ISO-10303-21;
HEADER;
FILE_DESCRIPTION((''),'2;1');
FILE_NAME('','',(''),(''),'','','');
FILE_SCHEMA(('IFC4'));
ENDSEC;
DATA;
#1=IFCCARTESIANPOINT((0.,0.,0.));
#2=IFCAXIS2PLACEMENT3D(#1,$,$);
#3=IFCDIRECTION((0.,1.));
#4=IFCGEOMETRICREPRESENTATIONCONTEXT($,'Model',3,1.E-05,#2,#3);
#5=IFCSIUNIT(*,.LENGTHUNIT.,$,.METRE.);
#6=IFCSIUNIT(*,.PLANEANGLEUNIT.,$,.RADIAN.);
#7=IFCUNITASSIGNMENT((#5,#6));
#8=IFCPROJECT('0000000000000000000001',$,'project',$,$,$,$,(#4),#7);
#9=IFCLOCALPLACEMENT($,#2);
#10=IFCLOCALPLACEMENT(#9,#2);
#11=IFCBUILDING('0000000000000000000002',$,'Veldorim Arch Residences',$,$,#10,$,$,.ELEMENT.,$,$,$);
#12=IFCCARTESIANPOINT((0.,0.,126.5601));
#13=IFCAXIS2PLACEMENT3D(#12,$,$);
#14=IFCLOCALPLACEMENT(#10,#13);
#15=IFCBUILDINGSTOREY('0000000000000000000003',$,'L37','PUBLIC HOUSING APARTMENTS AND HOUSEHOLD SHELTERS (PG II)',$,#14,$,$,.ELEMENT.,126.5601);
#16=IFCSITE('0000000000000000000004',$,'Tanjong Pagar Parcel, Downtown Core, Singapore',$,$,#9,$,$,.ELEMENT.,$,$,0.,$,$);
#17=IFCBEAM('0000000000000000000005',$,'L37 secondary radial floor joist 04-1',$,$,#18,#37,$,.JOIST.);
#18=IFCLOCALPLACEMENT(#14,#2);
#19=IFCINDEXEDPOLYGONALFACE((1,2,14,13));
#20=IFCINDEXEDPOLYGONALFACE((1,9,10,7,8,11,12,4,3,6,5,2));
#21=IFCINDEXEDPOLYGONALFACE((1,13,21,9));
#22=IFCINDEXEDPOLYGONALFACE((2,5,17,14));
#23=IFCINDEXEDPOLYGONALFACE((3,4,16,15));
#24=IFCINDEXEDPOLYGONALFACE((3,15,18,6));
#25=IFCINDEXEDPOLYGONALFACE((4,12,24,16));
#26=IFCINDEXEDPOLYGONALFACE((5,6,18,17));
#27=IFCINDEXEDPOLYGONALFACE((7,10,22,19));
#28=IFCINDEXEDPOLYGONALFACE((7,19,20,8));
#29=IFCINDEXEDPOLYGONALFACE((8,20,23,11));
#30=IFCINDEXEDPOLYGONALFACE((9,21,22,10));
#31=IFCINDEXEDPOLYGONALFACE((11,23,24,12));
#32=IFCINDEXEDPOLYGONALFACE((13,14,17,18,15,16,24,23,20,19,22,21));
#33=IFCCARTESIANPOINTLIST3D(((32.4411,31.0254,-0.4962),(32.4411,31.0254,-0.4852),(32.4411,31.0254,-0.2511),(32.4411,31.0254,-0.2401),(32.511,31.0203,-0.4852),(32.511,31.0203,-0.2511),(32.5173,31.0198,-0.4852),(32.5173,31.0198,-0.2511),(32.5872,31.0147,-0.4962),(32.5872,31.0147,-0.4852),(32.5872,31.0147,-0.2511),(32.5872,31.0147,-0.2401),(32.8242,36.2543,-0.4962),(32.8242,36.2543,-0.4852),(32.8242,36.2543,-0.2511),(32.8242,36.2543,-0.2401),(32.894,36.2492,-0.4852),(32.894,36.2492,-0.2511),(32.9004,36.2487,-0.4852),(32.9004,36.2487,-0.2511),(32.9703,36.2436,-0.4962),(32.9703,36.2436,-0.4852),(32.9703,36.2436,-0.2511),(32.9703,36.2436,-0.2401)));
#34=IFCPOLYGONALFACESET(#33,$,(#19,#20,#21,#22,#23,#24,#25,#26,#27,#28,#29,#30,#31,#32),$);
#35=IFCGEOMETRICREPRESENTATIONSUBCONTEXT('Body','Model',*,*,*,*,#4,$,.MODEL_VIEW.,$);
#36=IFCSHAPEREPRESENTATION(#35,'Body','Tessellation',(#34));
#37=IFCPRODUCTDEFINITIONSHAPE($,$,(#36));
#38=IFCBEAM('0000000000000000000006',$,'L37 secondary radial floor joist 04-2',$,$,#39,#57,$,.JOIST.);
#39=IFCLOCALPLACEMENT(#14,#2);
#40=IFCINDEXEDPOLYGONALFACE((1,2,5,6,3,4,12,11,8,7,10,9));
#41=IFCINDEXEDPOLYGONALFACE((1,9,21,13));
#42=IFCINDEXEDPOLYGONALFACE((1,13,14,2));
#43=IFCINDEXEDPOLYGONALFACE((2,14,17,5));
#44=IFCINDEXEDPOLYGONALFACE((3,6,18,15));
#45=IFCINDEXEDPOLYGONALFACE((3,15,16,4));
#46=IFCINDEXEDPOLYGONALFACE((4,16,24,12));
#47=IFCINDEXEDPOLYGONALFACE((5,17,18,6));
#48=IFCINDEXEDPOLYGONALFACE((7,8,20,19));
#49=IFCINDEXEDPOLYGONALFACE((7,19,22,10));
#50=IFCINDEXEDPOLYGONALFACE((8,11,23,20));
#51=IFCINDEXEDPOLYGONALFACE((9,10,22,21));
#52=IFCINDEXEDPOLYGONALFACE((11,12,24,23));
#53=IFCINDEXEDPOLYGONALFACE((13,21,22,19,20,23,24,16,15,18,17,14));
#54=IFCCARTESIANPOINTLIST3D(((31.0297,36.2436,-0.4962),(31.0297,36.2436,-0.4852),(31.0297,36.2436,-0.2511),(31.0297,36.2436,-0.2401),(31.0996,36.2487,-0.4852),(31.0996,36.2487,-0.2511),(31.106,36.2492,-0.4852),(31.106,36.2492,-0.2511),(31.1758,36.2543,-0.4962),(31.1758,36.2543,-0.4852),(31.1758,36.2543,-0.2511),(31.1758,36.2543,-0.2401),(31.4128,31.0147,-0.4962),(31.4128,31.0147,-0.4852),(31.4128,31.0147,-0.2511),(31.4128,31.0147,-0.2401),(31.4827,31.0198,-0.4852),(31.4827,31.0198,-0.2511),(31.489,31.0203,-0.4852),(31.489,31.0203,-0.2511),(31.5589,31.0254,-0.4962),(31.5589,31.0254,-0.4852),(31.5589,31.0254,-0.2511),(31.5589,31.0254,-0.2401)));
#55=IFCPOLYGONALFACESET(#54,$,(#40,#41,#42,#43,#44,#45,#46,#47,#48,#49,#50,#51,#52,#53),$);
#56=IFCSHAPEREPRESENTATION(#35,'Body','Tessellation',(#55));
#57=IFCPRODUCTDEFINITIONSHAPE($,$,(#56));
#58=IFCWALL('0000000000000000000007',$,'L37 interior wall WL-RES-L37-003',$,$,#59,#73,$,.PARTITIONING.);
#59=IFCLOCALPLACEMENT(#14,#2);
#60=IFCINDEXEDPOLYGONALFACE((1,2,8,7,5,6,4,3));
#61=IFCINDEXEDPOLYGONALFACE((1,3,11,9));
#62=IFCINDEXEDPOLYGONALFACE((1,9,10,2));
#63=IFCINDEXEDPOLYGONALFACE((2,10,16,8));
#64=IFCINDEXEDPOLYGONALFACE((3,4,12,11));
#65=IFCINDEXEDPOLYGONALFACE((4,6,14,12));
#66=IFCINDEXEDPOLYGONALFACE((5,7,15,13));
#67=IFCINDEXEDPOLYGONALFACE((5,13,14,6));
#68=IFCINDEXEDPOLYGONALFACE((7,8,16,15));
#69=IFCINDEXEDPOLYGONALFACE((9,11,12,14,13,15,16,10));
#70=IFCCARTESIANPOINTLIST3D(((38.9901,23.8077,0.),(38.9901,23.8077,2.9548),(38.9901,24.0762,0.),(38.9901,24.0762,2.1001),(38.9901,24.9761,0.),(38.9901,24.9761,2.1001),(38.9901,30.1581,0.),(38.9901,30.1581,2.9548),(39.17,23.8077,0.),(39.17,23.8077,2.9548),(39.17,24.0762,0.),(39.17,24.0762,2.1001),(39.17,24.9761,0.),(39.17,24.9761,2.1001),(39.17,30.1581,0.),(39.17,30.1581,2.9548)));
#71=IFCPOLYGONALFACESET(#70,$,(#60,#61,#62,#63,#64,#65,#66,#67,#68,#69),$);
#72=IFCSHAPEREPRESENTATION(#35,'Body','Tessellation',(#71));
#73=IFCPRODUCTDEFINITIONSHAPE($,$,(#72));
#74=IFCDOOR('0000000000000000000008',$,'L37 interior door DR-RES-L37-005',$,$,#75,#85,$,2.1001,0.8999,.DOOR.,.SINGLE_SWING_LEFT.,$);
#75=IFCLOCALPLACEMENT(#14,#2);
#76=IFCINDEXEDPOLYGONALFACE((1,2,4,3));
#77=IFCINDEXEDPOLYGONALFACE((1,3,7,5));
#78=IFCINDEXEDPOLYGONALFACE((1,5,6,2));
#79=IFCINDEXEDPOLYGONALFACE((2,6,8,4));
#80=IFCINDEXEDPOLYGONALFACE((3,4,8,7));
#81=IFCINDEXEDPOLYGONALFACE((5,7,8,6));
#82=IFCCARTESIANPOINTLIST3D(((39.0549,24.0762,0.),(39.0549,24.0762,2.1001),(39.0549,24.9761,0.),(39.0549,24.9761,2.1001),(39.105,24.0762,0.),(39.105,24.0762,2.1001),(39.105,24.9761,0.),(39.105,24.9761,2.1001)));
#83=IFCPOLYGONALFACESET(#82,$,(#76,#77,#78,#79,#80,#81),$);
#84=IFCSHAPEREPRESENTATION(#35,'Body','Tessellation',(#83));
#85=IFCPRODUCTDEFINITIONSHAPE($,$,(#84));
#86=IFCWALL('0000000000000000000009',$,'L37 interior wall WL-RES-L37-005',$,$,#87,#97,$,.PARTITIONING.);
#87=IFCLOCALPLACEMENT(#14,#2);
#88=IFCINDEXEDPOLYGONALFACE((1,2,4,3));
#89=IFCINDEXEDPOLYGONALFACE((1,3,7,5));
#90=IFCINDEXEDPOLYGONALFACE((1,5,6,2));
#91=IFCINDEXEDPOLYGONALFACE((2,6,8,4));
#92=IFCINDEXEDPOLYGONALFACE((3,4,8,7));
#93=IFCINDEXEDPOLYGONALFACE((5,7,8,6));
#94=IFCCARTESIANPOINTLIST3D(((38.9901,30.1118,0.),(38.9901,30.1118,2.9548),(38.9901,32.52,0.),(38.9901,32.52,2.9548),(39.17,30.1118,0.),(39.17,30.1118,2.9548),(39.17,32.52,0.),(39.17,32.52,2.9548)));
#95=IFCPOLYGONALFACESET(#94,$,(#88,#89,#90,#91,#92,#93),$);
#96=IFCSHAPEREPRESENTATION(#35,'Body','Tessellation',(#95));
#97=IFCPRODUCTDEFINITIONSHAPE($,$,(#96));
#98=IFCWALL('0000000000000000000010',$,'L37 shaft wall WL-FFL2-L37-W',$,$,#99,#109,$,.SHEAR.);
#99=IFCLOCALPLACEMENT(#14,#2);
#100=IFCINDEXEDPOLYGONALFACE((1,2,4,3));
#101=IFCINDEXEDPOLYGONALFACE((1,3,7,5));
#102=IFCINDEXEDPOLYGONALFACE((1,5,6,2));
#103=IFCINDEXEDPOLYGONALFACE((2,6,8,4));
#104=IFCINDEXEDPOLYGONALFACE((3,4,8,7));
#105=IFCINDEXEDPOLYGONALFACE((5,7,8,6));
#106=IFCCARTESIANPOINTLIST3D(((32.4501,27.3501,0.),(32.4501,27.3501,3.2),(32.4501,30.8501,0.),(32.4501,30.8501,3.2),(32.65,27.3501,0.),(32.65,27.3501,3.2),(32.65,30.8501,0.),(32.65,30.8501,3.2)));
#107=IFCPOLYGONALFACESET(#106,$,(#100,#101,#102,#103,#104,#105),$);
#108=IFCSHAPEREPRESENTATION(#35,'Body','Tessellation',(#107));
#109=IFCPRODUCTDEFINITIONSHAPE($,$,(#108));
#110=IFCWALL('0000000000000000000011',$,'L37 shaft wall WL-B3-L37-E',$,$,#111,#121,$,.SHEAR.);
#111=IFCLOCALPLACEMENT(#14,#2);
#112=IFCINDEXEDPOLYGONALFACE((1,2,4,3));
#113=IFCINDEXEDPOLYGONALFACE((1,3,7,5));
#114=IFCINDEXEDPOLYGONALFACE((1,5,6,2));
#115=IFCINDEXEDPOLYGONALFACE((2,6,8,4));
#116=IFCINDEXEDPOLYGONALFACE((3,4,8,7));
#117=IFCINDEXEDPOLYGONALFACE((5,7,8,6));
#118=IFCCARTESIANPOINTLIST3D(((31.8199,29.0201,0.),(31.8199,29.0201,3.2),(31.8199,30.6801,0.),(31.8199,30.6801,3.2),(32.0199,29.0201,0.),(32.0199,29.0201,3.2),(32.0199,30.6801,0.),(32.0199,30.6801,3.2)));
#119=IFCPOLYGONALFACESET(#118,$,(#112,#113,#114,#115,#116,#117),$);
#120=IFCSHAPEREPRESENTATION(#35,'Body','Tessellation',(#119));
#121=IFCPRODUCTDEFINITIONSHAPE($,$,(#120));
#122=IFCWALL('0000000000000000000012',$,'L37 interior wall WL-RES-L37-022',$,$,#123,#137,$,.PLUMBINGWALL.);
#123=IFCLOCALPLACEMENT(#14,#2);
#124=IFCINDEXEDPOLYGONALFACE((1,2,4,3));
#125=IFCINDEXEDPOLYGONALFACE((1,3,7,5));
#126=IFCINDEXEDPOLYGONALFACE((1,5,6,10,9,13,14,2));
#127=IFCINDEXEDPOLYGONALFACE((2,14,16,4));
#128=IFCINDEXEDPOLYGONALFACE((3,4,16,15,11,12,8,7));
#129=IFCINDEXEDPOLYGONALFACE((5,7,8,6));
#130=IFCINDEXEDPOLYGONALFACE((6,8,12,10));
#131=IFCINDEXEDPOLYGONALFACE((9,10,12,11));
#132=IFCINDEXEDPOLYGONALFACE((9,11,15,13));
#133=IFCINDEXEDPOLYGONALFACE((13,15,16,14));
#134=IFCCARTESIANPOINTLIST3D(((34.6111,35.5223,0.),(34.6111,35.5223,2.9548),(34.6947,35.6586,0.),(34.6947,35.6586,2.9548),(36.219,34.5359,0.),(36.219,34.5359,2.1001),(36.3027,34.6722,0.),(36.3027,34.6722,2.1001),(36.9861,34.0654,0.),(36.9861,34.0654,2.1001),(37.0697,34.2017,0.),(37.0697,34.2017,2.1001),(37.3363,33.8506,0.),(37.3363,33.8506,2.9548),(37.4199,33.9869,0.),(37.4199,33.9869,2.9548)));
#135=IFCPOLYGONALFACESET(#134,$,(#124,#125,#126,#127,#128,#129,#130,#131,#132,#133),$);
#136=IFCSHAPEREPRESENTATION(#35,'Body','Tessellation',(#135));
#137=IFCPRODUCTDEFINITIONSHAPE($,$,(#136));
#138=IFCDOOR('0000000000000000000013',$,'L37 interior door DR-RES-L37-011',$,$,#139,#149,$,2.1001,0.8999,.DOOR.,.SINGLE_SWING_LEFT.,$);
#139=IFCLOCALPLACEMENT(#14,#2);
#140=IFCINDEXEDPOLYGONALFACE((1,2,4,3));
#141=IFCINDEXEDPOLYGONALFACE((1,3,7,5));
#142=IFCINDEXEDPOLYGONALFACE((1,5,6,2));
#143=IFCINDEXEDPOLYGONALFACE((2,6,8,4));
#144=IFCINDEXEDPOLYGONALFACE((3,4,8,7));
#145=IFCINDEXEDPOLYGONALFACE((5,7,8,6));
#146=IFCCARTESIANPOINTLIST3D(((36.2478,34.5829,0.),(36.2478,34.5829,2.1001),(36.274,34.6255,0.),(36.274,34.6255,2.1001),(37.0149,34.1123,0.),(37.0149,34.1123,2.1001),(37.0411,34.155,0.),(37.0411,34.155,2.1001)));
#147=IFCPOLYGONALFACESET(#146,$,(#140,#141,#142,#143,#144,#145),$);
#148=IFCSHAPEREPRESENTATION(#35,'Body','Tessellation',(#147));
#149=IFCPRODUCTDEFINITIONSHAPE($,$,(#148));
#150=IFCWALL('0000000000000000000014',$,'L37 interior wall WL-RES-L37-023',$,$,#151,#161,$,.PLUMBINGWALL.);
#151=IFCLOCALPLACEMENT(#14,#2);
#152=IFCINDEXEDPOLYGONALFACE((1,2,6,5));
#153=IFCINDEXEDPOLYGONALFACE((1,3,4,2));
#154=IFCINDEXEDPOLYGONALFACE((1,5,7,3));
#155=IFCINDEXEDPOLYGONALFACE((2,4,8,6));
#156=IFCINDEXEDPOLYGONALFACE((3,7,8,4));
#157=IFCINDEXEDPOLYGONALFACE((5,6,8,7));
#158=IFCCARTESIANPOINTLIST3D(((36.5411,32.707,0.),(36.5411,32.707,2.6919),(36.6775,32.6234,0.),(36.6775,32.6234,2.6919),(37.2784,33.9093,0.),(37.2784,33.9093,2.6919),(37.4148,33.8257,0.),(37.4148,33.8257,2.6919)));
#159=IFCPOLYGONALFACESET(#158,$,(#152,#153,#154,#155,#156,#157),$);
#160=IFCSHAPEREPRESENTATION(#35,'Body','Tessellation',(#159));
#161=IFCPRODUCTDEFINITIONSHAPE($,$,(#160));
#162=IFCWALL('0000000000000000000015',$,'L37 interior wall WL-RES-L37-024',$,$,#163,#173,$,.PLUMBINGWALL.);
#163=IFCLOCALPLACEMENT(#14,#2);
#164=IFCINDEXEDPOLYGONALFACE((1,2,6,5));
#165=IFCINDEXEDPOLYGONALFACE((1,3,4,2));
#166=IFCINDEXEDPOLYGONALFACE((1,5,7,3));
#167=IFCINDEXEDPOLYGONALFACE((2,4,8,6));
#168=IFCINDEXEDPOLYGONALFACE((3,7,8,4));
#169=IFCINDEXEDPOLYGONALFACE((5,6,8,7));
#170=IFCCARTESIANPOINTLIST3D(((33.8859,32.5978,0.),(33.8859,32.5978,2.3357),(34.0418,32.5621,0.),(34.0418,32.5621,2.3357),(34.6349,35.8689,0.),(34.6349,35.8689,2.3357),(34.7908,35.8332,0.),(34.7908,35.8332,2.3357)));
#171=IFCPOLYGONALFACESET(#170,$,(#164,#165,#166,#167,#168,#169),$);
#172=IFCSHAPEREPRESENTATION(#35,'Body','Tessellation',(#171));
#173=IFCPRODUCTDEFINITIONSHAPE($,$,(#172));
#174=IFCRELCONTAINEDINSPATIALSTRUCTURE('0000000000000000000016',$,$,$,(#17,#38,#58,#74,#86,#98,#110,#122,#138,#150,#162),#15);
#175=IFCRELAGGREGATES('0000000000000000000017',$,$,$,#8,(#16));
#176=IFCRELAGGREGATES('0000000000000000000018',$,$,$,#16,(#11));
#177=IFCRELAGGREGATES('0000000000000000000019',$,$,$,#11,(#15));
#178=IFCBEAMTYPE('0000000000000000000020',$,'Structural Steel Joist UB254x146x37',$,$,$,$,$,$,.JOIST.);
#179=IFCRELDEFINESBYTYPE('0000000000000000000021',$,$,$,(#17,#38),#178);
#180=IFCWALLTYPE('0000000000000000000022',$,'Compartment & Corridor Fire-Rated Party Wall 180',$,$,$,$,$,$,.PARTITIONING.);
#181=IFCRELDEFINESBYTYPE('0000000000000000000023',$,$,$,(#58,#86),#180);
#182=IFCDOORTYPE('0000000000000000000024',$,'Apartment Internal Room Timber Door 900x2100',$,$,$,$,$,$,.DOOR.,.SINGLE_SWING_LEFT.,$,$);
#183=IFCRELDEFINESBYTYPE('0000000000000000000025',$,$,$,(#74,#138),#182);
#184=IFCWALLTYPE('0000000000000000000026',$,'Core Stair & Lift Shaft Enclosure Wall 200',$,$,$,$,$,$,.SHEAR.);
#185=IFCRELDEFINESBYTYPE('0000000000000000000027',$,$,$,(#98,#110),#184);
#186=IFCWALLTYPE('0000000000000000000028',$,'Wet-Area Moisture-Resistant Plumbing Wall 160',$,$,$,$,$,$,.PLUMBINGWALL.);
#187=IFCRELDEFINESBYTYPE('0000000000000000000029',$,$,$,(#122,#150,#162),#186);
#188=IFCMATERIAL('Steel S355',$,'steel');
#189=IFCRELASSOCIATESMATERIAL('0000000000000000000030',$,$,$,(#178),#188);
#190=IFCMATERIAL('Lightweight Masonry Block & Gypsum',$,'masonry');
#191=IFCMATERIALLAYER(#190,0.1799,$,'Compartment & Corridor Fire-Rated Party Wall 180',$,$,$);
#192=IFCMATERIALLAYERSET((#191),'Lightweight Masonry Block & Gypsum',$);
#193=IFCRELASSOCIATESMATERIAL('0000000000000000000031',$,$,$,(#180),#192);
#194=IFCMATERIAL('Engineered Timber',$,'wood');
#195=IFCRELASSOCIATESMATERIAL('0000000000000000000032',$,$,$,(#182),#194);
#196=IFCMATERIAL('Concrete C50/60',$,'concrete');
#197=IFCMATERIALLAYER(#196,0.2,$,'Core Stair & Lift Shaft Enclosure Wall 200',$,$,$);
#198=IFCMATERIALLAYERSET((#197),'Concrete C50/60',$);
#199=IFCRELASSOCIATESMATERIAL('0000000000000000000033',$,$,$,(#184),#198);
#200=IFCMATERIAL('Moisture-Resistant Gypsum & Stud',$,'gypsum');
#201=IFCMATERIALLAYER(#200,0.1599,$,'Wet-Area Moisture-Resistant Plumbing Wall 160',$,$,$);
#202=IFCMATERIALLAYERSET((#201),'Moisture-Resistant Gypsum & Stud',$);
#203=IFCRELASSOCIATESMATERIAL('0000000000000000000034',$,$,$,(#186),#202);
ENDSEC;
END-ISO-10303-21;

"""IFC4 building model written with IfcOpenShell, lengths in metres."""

from ifc_helpers import new_model, si_unit, direction, frame, frame_2d, origin, origin_2d, place, context, subcontext, project, spatial, rectangle, i_section, extrude, material, layer, layer_set, material_profile, profile_set, type_object, element, fill, save


model = new_model("IFC4")

# Units and contexts
model_context = context("Model", 3, precision=1e-05, world=origin(), true_north=direction((0.0, 1.0)))
body_context = subcontext(model_context, "Body", "Model", "MODEL_VIEW")
ifc_project = project(units=[si_unit("LENGTHUNIT", "METRE"), si_unit("PLANEANGLEUNIT", "RADIAN")], contexts=[model_context])

# Site, building, storey
site_placement = place(None, origin())
site = spatial("IfcSite", under=ifc_project, at=site_placement, Name="Tanjong Pagar Parcel, Downtown Core, Singapore", CompositionType="ELEMENT", RefElevation=0.0)
building_placement = place(site_placement, origin())
building = spatial("IfcBuilding", under=site, at=building_placement, Name="Veldorim Arch Residences", CompositionType="ELEMENT")
storey_placement = place(building_placement, frame((0.0, 0.0, 126.5601)))
storey = spatial("IfcBuildingStorey", under=building, at=storey_placement, Name="L37", Description="PUBLIC HOUSING APARTMENTS AND HOUSEHOLD SHELTERS (PG II)", CompositionType="ELEMENT", Elevation=126.5601)

# Beams
ifc_material_1 = material(Name="Steel S355", Category="steel")
ifc_material_profile_1 = material_profile(ifc_material_1, i_section(OverallWidth=0.1465, OverallDepth=0.2561, WebThickness=0.0063, FlangeThickness=0.011, at=origin_2d()), Name="UB254x146x37")
ifc_profile_set_1 = profile_set([ifc_material_profile_1], Name="Steel S355")
beam_type_1 = type_object("IfcBeamType", Name="Structural Steel Joist UB254x146x37", PredefinedType="JOIST", material=ifc_profile_set_1)
for number, where, z_axis, x_axis, name in (
    (1, (32.5142, 31.02, -0.3682), (0.07306, 0.997328, 0.0), (-0.997328, 0.07306, 0.0), "L37 secondary radial floor joist 04-1"),
    (2, (31.4858, 31.02, -0.3682), (-0.07306, 0.997328, 0.0), (-0.997328, -0.07306, 0.0), "L37 secondary radial floor joist 04-2"),
):
    element("IfcBeam", number, at=place(storey_placement, frame(where, z_axis=z_axis, x_axis=x_axis)), inside=storey, type_object=beam_type_1, Name=name, PredefinedType="JOIST", context=body_context, shape_type="SweptSolid", body=[
        extrude(i_section(OverallWidth=0.1465, OverallDepth=0.2561, WebThickness=0.0063, FlangeThickness=0.011, at=origin_2d()), origin(), (0.0, 0.0, 1.0), 5.2429),
    ])

# Wall, opening, door
ifc_material_2 = material(Name="Lightweight Masonry Block & Gypsum", Category="masonry")
ifc_layer_1 = layer(ifc_material_2, 0.1799, Name="Compartment & Corridor Fire-Rated Party Wall 180")
ifc_layer_set_1 = layer_set([ifc_layer_1], Name="Lightweight Masonry Block & Gypsum")
wall_type_1 = type_object("IfcWallType", Name="Compartment & Corridor Fire-Rated Party Wall 180", PredefinedType="PARTITIONING", material=ifc_layer_set_1)
wall_1_placement = place(storey_placement, frame((39.0801, 30.1582, 0.0), z_axis=(0.0, 0.0, 1.0), x_axis=(0.0, -1.0, 0.0)))
wall_1 = element("IfcWall", 3, at=wall_1_placement, inside=storey, type_object=wall_type_1, Name="L37 interior wall WL-RES-L37-003", PredefinedType="PARTITIONING", context=body_context, shape_type="SweptSolid", body=[
    extrude(rectangle(XDim=6.3503, YDim=0.1799, at=frame_2d((3.1753, 0.0))), origin(), (0.0, 0.0, 1.0), 2.9548),
])
opening_1_placement = place(wall_1_placement, frame((5.1821, 0.0, 0.0)))
opening_1 = element("IfcOpeningElement", 4, at=opening_1_placement, cuts=wall_1, PredefinedType="OPENING", context=body_context, shape_type="SweptSolid", body=[
    extrude(rectangle(XDim=0.8999, YDim=2.1001, at=frame_2d((0.45, 1.05))), frame((0.0, 0.0999, 0.0), z_axis=(0.0, -1.0, 0.0), x_axis=(1.0, 0.0, 0.0)), (0.0, 0.0, 1.0), 0.2),
])
ifc_material_3 = material(Name="Engineered Timber", Category="wood")
door_type_1 = type_object("IfcDoorType", Name="Apartment Internal Room Timber Door 900x2100", OperationType="SINGLE_SWING_LEFT", PredefinedType="DOOR", material=ifc_material_3)
door_1_placement = place(opening_1_placement, origin())
door_1 = element("IfcDoor", 5, at=door_1_placement, inside=storey, type_object=door_type_1, Name="L37 interior door DR-RES-L37-005", OperationType="SINGLE_SWING_LEFT", OverallHeight=2.1001, OverallWidth=0.8999, PredefinedType="DOOR", context=body_context, shape_type="SweptSolid", body=[
    extrude(rectangle(XDim=0.8999, YDim=2.1001, at=frame_2d((0.45, 1.05))), frame((0.0, 0.0249, 0.0), z_axis=(0.0, -1.0, 0.0), x_axis=(1.0, 0.0, 0.0)), (0.0, 0.0, 1.0), 0.05),
])
fill(opening_1, door_1)

# Wall
wall_2_placement = place(storey_placement, frame((39.0801, 32.52, 0.0), z_axis=(0.0, 0.0, 1.0), x_axis=(0.0, -1.0, 0.0)))
element("IfcWall", 6, at=wall_2_placement, inside=storey, type_object=wall_type_1, Name="L37 interior wall WL-RES-L37-005", PredefinedType="PARTITIONING", context=body_context, shape_type="SweptSolid", body=[
    extrude(rectangle(XDim=2.4082, YDim=0.1799, at=frame_2d((1.2041, 0.0))), origin(), (0.0, 0.0, 1.0), 2.9548),
])

# Shared definitions
ifc_material_4 = material(Name="Concrete C50/60", Category="concrete")
ifc_layer_2 = layer(ifc_material_4, 0.2, Name="Core Stair & Lift Shaft Enclosure Wall 200")
ifc_layer_set_2 = layer_set([ifc_layer_2], Name="Concrete C50/60")
wall_type_2 = type_object("IfcWallType", Name="Core Stair & Lift Shaft Enclosure Wall 200", PredefinedType="SHEAR", material=ifc_layer_set_2)

# Wall
wall_3_placement = place(storey_placement, frame((32.55, 27.3501, 0.0), z_axis=(0.0, 0.0, 1.0), x_axis=(0.0, 1.0, 0.0)))
element("IfcWall", 7, at=wall_3_placement, inside=storey, type_object=wall_type_2, Name="L37 shaft wall WL-FFL2-L37-W", PredefinedType="SHEAR", context=body_context, shape_type="SweptSolid", body=[
    extrude(rectangle(XDim=3.5, YDim=0.2, at=frame_2d((1.75, 0.0))), origin(), (0.0, 0.0, 1.0), 3.2),
])

# Wall
wall_4_placement = place(storey_placement, frame((31.9199, 29.02, 0.0), z_axis=(0.0, 0.0, 1.0), x_axis=(0.0, 1.0, 0.0)))
element("IfcWall", 8, at=wall_4_placement, inside=storey, type_object=wall_type_2, Name="L37 shaft wall WL-B3-L37-E", PredefinedType="SHEAR", context=body_context, shape_type="SweptSolid", body=[
    extrude(rectangle(XDim=1.6599, YDim=0.2, at=frame_2d((0.8301, 0.0))), origin(), (0.0, 0.0, 1.0), 3.2),
])

# Wall, opening, door
ifc_material_5 = material(Name="Moisture-Resistant Gypsum & Stud", Category="gypsum")
ifc_layer_3 = layer(ifc_material_5, 0.1599, Name="Wet-Area Moisture-Resistant Plumbing Wall 160")
ifc_layer_set_3 = layer_set([ifc_layer_3], Name="Moisture-Resistant Gypsum & Stud")
wall_type_3 = type_object("IfcWallType", Name="Wet-Area Moisture-Resistant Plumbing Wall 160", PredefinedType="PLUMBINGWALL", material=ifc_layer_set_3)
wall_5_placement = place(storey_placement, frame((37.3782, 33.9187, 0.0), z_axis=(0.0, 0.0, 1.0), x_axis=(-0.852405, 0.522883, 0.0)))
wall_5 = element("IfcWall", 9, at=wall_5_placement, inside=storey, type_object=wall_type_3, Name="L37 interior wall WL-RES-L37-022", PredefinedType="PLUMBINGWALL", context=body_context, shape_type="SweptSolid", body=[
    extrude(rectangle(XDim=3.197, YDim=0.1599, at=frame_2d((1.5986, 0.0))), origin(), (0.0, 0.0, 1.0), 2.9548),
])
opening_2_placement = place(wall_5_placement, frame((0.4109, 0.0, 0.0)))
opening_2 = element("IfcOpeningElement", 10, at=opening_2_placement, cuts=wall_5, PredefinedType="OPENING", context=body_context, shape_type="SweptSolid", body=[
    extrude(rectangle(XDim=0.8999, YDim=2.1001, at=frame_2d((0.45, 1.05))), frame((0.0, 0.0898, 0.0), z_axis=(0.0, -1.0, 0.0), x_axis=(1.0, 0.0, 0.0)), (0.0, 0.0, 1.0), 0.1799),
])
door_2_placement = place(opening_2_placement, origin())
door_2 = element("IfcDoor", 11, at=door_2_placement, inside=storey, type_object=door_type_1, Name="L37 interior door DR-RES-L37-011", OperationType="SINGLE_SWING_LEFT", OverallHeight=2.1001, OverallWidth=0.8999, PredefinedType="DOOR", context=body_context, shape_type="SweptSolid", body=[
    extrude(rectangle(XDim=0.8999, YDim=2.1001, at=frame_2d((0.45, 1.05))), frame((0.0, 0.0249, 0.0), z_axis=(0.0, -1.0, 0.0), x_axis=(1.0, 0.0, 0.0)), (0.0, 0.0, 1.0), 0.05),
])
fill(opening_2, door_2)

# Walls
wall_6_placement = place(storey_placement, frame((36.6094, 32.6653, 0.0), z_axis=(0.0, 0.0, 1.0), x_axis=(0.522745, 0.852489, 0.0)))
element("IfcWall", 12, at=wall_6_placement, inside=storey, type_object=wall_type_3, Name="L37 interior wall WL-RES-L37-023", PredefinedType="PLUMBINGWALL", context=body_context, shape_type="SweptSolid", body=[
    extrude(rectangle(XDim=1.4104, YDim=0.1599, at=frame_2d((0.7051, 0.0))), origin(), (0.0, 0.0, 1.0), 2.6919),
])
wall_7_placement = place(storey_placement, frame((33.9639, 32.5801, 0.0), z_axis=(0.0, 0.0, 1.0), x_axis=(0.223212, 0.97477, 0.0)))
element("IfcWall", 13, at=wall_7_placement, inside=storey, type_object=wall_type_3, Name="L37 interior wall WL-RES-L37-024", PredefinedType="PLUMBINGWALL", context=body_context, shape_type="SweptSolid", body=[
    extrude(rectangle(XDim=3.3557, YDim=0.1599, at=frame_2d((1.6777, 0.0))), origin(), (0.0, 0.0, 1.0), 2.3357),
])

save(model, "model.ifc")
